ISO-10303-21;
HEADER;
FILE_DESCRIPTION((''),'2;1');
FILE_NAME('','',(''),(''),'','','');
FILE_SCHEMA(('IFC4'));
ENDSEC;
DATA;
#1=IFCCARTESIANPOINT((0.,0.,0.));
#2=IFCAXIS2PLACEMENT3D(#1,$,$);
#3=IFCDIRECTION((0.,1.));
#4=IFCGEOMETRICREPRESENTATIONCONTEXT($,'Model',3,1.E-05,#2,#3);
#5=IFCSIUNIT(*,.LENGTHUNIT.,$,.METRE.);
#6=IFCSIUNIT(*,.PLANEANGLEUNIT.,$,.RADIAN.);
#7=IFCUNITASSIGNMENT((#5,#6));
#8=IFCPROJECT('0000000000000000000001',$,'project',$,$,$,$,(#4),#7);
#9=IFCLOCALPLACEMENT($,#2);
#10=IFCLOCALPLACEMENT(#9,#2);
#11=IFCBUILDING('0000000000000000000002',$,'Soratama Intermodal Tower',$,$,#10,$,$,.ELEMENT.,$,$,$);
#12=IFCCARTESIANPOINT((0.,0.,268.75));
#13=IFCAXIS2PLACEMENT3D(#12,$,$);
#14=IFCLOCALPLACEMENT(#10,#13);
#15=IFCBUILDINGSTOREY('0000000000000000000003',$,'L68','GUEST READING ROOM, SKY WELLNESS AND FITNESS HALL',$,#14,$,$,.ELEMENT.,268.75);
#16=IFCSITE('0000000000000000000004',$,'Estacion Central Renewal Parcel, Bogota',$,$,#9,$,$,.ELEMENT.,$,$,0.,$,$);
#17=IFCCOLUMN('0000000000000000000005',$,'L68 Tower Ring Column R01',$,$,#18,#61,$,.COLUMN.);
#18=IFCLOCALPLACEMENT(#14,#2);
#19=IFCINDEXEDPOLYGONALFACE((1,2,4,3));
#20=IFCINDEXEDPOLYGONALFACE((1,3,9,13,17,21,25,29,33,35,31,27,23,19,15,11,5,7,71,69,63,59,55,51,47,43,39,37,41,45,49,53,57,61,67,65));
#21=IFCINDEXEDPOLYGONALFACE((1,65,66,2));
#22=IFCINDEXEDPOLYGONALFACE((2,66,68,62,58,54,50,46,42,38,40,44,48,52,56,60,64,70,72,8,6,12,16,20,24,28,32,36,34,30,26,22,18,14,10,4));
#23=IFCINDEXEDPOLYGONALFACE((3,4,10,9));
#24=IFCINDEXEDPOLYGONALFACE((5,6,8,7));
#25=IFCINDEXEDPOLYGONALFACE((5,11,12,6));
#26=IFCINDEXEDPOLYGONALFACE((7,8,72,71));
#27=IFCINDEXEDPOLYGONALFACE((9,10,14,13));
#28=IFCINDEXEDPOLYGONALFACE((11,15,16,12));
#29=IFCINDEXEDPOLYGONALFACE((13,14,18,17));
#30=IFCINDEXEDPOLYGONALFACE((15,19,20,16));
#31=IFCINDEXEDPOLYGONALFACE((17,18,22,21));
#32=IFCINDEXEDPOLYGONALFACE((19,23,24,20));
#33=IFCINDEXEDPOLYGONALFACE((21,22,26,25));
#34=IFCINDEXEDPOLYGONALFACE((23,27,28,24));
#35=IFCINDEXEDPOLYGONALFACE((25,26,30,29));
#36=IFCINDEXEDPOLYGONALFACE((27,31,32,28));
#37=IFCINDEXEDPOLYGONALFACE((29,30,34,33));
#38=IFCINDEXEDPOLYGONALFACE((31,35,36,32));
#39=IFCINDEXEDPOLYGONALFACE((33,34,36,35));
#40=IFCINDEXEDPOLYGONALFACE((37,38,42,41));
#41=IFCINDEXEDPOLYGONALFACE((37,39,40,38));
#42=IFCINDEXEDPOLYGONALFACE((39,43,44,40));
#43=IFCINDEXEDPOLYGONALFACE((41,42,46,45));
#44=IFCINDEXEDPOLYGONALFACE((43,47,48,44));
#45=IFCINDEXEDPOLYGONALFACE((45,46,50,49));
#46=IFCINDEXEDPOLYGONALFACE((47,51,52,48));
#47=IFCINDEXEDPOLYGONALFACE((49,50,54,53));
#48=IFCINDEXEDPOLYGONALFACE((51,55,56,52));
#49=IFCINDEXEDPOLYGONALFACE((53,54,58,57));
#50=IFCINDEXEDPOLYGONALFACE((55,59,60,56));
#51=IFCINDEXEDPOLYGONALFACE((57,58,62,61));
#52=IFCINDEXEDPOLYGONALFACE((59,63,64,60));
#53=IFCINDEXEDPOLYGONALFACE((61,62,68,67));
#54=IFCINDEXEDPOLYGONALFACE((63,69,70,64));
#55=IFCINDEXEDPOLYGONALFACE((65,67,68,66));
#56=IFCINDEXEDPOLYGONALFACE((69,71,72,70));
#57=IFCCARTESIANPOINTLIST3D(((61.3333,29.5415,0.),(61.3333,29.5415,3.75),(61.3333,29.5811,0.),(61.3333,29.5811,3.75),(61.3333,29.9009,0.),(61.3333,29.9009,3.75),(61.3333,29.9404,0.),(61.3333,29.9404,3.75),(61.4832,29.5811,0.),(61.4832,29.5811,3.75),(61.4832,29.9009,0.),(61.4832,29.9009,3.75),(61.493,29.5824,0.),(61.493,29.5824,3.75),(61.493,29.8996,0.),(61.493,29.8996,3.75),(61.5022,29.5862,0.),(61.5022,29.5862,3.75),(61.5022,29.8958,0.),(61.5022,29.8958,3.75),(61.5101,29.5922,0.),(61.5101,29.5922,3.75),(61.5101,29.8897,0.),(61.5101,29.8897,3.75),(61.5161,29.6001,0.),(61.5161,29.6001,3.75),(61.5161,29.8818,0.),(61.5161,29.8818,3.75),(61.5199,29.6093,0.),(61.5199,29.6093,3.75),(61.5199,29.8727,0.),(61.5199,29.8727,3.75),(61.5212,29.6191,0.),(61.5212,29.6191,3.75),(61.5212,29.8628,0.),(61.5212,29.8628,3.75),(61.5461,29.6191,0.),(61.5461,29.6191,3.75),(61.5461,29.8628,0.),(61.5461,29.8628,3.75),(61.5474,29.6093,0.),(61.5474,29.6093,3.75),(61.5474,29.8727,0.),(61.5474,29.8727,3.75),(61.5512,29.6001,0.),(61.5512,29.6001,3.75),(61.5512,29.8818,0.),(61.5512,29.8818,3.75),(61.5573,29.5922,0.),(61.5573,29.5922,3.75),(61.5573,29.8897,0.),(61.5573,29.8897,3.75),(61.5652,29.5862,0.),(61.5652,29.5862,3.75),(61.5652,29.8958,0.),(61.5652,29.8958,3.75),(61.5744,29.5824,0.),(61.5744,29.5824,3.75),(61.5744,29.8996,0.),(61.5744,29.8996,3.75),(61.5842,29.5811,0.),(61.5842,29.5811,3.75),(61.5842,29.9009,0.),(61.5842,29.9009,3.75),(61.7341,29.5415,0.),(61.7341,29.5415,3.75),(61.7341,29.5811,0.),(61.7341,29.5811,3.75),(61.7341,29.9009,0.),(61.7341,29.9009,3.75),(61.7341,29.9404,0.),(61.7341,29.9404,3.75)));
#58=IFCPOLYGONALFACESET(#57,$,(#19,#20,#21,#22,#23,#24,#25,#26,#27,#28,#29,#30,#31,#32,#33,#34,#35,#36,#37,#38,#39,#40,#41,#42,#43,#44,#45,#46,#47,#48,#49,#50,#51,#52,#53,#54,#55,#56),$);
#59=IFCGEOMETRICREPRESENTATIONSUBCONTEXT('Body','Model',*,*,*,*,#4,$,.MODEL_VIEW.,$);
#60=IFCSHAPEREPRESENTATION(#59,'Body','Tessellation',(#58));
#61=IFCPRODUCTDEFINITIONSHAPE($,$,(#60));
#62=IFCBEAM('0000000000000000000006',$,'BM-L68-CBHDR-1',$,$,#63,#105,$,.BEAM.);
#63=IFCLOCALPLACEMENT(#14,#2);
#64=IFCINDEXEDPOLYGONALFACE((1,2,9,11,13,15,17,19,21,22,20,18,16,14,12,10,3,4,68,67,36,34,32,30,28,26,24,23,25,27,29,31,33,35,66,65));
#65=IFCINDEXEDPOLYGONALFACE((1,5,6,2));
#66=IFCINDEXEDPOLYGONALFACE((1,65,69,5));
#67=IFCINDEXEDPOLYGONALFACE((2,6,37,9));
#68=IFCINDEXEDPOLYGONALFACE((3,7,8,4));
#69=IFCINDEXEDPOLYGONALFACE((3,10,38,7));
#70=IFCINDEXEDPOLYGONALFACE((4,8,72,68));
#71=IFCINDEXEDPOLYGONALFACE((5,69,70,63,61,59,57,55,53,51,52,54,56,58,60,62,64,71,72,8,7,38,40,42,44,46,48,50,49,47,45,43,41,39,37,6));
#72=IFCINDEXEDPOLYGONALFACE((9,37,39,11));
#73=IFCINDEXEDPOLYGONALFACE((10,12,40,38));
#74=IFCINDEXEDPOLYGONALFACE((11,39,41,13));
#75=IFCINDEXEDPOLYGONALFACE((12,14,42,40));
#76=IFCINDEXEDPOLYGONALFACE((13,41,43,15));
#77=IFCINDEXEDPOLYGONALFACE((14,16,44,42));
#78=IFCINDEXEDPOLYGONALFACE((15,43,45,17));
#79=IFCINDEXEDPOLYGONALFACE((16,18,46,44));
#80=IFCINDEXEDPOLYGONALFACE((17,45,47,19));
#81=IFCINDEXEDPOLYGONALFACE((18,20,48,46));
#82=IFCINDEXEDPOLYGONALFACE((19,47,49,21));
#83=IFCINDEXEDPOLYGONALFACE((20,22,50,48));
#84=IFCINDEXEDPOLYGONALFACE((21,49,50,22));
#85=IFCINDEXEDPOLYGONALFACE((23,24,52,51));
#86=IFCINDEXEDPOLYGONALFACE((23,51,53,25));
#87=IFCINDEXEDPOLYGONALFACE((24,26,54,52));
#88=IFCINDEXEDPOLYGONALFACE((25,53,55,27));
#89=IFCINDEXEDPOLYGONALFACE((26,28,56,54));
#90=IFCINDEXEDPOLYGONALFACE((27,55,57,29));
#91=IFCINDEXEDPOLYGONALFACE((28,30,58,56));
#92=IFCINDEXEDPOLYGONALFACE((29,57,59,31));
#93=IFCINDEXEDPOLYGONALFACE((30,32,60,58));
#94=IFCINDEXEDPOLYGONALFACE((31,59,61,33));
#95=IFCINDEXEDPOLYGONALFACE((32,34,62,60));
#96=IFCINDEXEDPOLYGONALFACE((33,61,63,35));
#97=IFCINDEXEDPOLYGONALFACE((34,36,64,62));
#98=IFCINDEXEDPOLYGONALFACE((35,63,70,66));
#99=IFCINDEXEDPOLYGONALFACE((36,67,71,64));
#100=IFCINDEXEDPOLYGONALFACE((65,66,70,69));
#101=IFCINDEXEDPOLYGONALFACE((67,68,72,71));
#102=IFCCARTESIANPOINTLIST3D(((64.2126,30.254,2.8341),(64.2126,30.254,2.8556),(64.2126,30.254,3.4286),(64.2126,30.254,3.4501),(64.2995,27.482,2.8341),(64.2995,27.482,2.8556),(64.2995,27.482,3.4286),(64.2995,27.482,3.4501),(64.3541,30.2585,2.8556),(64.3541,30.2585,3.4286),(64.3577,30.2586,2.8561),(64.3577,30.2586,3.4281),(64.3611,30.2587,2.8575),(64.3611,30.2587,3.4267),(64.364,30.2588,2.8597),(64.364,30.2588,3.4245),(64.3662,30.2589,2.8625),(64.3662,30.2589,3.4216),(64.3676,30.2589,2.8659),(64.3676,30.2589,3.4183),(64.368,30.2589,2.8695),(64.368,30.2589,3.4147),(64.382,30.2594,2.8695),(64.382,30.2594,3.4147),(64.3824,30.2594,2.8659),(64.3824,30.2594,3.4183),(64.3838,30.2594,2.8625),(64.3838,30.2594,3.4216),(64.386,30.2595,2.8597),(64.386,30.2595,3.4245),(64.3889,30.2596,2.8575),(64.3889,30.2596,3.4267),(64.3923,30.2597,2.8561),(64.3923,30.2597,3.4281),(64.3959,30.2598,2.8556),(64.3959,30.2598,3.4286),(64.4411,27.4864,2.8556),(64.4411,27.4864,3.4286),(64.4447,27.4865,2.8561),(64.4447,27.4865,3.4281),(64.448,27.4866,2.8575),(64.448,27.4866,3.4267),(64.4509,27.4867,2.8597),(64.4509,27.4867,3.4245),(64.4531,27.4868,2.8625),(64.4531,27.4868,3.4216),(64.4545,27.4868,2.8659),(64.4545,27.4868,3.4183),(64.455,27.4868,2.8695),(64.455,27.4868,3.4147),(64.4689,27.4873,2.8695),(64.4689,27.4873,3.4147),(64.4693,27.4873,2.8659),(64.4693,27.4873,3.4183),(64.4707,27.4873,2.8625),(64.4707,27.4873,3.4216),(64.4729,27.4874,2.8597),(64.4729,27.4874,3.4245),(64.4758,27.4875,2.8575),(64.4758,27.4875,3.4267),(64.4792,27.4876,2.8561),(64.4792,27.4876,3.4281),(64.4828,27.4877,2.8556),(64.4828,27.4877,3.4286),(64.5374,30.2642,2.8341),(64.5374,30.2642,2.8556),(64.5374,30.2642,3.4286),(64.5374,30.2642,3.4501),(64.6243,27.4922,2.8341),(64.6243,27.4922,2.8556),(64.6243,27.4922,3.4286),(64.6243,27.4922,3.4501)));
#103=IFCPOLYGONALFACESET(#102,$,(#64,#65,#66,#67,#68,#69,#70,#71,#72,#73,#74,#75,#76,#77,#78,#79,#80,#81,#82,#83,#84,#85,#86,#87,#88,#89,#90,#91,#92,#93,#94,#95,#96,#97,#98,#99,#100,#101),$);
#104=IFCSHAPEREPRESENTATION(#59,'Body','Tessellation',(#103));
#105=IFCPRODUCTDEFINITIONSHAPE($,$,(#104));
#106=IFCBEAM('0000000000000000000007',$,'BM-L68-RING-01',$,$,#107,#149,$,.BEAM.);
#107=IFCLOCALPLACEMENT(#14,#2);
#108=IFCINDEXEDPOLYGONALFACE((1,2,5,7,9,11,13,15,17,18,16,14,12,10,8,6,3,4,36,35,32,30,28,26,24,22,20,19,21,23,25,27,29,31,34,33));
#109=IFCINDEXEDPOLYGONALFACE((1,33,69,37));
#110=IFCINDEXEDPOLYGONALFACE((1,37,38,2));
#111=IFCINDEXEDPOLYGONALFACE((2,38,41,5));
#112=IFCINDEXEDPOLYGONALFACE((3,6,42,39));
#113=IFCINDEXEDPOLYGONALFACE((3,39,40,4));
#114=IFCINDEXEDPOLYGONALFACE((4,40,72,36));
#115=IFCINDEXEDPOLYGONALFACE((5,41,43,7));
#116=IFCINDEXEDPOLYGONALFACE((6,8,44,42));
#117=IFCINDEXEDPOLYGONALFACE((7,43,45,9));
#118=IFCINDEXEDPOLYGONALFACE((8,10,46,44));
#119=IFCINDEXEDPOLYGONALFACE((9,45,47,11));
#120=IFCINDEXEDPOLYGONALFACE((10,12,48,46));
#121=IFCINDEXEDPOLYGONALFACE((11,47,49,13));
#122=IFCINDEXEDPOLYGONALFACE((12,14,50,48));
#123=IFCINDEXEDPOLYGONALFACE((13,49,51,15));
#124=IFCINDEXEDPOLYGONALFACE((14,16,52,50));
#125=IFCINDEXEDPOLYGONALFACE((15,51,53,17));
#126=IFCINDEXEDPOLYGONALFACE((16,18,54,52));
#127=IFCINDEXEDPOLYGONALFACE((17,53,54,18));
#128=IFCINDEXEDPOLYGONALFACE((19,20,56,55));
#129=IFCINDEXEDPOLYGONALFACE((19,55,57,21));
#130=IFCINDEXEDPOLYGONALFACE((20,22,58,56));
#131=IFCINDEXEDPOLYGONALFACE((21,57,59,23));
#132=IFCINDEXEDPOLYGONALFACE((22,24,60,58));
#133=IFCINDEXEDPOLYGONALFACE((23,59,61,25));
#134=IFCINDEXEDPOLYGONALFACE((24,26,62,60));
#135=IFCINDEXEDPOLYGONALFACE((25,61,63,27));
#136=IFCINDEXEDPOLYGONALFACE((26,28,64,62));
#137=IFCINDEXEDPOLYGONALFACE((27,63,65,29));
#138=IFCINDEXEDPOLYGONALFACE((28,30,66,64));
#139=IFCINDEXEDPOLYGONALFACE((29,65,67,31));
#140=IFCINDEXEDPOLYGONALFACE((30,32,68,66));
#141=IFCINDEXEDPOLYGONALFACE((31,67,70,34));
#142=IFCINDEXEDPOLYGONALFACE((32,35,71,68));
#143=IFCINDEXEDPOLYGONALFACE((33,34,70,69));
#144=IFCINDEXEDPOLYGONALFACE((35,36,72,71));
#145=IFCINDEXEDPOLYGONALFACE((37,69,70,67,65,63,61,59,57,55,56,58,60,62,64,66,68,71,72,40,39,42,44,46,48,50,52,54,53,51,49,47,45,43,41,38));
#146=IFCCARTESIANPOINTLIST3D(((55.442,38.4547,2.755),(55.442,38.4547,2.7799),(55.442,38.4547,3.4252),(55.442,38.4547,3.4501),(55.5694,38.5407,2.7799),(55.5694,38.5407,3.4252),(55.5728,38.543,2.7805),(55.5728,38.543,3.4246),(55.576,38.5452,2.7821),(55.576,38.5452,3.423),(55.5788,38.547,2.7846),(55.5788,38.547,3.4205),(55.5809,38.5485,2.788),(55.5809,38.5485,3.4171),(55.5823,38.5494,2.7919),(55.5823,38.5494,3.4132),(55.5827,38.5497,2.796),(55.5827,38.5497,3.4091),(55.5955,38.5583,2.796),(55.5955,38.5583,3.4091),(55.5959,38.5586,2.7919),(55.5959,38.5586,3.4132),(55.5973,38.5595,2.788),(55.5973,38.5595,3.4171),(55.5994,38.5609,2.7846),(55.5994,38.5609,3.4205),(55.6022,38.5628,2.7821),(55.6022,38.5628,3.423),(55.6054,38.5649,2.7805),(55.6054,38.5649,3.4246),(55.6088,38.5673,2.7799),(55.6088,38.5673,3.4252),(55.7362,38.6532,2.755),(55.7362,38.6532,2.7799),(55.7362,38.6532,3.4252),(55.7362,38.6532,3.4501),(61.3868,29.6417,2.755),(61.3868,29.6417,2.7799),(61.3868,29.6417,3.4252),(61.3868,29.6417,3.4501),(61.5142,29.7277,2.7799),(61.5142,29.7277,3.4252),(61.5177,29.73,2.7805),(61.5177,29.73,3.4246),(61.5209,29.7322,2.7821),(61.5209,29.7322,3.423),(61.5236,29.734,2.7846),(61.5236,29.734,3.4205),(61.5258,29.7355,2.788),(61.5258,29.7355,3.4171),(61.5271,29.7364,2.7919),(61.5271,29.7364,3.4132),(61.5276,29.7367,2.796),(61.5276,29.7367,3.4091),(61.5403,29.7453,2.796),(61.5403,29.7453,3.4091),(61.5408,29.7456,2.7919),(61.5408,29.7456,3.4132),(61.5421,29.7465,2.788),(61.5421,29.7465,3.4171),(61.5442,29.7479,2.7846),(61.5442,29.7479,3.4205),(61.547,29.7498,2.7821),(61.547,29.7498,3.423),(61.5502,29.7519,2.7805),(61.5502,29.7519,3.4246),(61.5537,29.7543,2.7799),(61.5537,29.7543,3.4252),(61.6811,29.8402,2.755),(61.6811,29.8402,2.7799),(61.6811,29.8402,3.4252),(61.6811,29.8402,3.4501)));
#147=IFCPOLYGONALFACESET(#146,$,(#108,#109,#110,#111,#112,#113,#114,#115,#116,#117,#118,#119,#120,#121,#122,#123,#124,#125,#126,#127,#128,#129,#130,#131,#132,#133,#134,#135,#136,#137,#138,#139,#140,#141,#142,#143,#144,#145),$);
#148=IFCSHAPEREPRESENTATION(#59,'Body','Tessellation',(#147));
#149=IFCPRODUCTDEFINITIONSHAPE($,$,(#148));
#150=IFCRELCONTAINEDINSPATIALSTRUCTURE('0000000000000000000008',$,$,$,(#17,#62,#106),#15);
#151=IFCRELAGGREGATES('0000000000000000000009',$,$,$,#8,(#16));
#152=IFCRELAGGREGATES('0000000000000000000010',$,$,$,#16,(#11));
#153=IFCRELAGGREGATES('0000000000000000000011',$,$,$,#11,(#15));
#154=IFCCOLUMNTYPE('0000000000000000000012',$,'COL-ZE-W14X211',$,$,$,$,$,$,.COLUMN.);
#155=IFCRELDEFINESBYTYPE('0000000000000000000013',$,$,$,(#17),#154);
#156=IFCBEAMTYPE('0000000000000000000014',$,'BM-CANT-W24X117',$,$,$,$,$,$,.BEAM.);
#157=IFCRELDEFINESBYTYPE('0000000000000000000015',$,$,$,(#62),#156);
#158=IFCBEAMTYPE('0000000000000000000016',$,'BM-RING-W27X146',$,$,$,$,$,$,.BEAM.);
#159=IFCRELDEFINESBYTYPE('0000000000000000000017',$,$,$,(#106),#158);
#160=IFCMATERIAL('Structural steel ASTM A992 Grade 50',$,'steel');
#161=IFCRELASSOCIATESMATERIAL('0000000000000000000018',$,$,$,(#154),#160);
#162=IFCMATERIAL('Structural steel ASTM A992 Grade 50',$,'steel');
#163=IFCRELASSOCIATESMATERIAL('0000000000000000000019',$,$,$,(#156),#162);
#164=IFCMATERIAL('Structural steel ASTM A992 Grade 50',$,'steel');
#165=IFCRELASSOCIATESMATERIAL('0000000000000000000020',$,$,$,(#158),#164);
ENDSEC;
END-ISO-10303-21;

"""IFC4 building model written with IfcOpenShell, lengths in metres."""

from ifc_helpers import new_model, si_unit, direction, frame, origin, origin_2d, place, context, subcontext, project, spatial, i_section, extrude, material, material_profile, profile_set, type_object, element, save


model = new_model("IFC4")

# Units and contexts
model_context = context("Model", 3, precision=1e-05, world=origin(), true_north=direction((0.0, 1.0)))
body_context = subcontext(model_context, "Body", "Model", "MODEL_VIEW")
ifc_project = project(units=[si_unit("LENGTHUNIT", "METRE"), si_unit("PLANEANGLEUNIT", "RADIAN")], contexts=[model_context])

# Site, building, storey
site_placement = place(None, origin())
site = spatial("IfcSite", under=ifc_project, at=site_placement, Name="Estacion Central Renewal Parcel, Bogota", CompositionType="ELEMENT", RefElevation=0.0)
building_placement = place(site_placement, origin())
building = spatial("IfcBuilding", under=site, at=building_placement, Name="Soratama Intermodal Tower", CompositionType="ELEMENT")
storey_placement = place(building_placement, frame((0.0, 0.0, 268.75)))
storey = spatial("IfcBuildingStorey", under=building, at=storey_placement, Name="L68", Description="GUEST READING ROOM, SKY WELLNESS AND FITNESS HALL", CompositionType="ELEMENT", Elevation=268.75)

# Column
ifc_material_1 = material(Name="Structural steel ASTM A992 Grade 50", Category="steel")
ifc_material_profile_1 = material_profile(ifc_material_1, i_section(OverallWidth=0.4009, OverallDepth=0.3989, WebThickness=0.0249, FlangeThickness=0.0396, FilletRadius=0.0381, at=origin_2d()), Name="W14X211")
ifc_profile_set_1 = profile_set([ifc_material_profile_1], Name="Structural steel ASTM A992 Grade 50")
column_type = type_object("IfcColumnType", Name="COL-ZE-W14X211", PredefinedType="COLUMN", material=ifc_profile_set_1)
column_placement = place(storey_placement, frame((61.5337, 29.741, 0.0), z_axis=(0.0, 0.0, 1.0), x_axis=(1.0, 0.0, 0.0)))
element("IfcColumn", 1, at=column_placement, inside=storey, type_object=column_type, Name="L68 Tower Ring Column R01", PredefinedType="COLUMN", context=body_context, shape_type="SweptSolid", body=[
    extrude(i_section(OverallWidth=0.4009, OverallDepth=0.3989, WebThickness=0.0249, FlangeThickness=0.0396, FilletRadius=0.0381, at=origin_2d()), origin(), (0.0, 0.0, 1.0), 3.75),
])

# Beams
ifc_material_2 = material(Name="Structural steel ASTM A992 Grade 50", Category="steel")
ifc_material_profile_2 = material_profile(ifc_material_2, i_section(OverallWidth=0.325, OverallDepth=0.616, WebThickness=0.0139, FlangeThickness=0.0215, FilletRadius=0.0139, at=origin_2d()), Name="W24X117")
ifc_profile_set_2 = profile_set([ifc_material_profile_2], Name="Structural steel ASTM A992 Grade 50")
beam_type_1 = type_object("IfcBeamType", Name="BM-CANT-W24X117", PredefinedType="BEAM", material=ifc_profile_set_2)
beam_1_placement = place(storey_placement, frame((64.4619, 27.4871, 3.1421), z_axis=(-0.031339, 0.999509, 0.0), x_axis=(-0.999509, -0.031339, 0.0)))
element("IfcBeam", 2, at=beam_1_placement, inside=storey, type_object=beam_type_1, Name="BM-L68-CBHDR-1", PredefinedType="BEAM", context=body_context, shape_type="SweptSolid", body=[
    extrude(i_section(OverallWidth=0.325, OverallDepth=0.616, WebThickness=0.0139, FlangeThickness=0.0215, FilletRadius=0.0139, at=origin_2d()), origin(), (0.0, 0.0, 1.0), 2.7734),
])
ifc_material_3 = material(Name="Structural steel ASTM A992 Grade 50", Category="steel")
ifc_material_profile_3 = material_profile(ifc_material_3, i_section(OverallWidth=0.355, OverallDepth=0.6951, WebThickness=0.0154, FlangeThickness=0.0249, FilletRadius=0.0161, at=origin_2d()), Name="W27X146")
ifc_profile_set_3 = profile_set([ifc_material_profile_3], Name="Structural steel ASTM A992 Grade 50")
beam_type_2 = type_object("IfcBeamType", Name="BM-RING-W27X146", PredefinedType="BEAM", material=ifc_profile_set_3)
beam_2_placement = place(storey_placement, frame((61.5339, 29.741, 3.1025), z_axis=(-0.559218, 0.829021, 0.0), x_axis=(-0.829021, -0.559218, 0.0)))
element("IfcBeam", 3, at=beam_2_placement, inside=storey, type_object=beam_type_2, Name="BM-L68-RING-01", PredefinedType="BEAM", context=body_context, shape_type="SweptSolid", body=[
    extrude(i_section(OverallWidth=0.355, OverallDepth=0.6951, WebThickness=0.0154, FlangeThickness=0.0249, FilletRadius=0.0161, at=origin_2d()), origin(), (0.0, 0.0, 1.0), 10.6306),
])

save(model, "model.ifc")
